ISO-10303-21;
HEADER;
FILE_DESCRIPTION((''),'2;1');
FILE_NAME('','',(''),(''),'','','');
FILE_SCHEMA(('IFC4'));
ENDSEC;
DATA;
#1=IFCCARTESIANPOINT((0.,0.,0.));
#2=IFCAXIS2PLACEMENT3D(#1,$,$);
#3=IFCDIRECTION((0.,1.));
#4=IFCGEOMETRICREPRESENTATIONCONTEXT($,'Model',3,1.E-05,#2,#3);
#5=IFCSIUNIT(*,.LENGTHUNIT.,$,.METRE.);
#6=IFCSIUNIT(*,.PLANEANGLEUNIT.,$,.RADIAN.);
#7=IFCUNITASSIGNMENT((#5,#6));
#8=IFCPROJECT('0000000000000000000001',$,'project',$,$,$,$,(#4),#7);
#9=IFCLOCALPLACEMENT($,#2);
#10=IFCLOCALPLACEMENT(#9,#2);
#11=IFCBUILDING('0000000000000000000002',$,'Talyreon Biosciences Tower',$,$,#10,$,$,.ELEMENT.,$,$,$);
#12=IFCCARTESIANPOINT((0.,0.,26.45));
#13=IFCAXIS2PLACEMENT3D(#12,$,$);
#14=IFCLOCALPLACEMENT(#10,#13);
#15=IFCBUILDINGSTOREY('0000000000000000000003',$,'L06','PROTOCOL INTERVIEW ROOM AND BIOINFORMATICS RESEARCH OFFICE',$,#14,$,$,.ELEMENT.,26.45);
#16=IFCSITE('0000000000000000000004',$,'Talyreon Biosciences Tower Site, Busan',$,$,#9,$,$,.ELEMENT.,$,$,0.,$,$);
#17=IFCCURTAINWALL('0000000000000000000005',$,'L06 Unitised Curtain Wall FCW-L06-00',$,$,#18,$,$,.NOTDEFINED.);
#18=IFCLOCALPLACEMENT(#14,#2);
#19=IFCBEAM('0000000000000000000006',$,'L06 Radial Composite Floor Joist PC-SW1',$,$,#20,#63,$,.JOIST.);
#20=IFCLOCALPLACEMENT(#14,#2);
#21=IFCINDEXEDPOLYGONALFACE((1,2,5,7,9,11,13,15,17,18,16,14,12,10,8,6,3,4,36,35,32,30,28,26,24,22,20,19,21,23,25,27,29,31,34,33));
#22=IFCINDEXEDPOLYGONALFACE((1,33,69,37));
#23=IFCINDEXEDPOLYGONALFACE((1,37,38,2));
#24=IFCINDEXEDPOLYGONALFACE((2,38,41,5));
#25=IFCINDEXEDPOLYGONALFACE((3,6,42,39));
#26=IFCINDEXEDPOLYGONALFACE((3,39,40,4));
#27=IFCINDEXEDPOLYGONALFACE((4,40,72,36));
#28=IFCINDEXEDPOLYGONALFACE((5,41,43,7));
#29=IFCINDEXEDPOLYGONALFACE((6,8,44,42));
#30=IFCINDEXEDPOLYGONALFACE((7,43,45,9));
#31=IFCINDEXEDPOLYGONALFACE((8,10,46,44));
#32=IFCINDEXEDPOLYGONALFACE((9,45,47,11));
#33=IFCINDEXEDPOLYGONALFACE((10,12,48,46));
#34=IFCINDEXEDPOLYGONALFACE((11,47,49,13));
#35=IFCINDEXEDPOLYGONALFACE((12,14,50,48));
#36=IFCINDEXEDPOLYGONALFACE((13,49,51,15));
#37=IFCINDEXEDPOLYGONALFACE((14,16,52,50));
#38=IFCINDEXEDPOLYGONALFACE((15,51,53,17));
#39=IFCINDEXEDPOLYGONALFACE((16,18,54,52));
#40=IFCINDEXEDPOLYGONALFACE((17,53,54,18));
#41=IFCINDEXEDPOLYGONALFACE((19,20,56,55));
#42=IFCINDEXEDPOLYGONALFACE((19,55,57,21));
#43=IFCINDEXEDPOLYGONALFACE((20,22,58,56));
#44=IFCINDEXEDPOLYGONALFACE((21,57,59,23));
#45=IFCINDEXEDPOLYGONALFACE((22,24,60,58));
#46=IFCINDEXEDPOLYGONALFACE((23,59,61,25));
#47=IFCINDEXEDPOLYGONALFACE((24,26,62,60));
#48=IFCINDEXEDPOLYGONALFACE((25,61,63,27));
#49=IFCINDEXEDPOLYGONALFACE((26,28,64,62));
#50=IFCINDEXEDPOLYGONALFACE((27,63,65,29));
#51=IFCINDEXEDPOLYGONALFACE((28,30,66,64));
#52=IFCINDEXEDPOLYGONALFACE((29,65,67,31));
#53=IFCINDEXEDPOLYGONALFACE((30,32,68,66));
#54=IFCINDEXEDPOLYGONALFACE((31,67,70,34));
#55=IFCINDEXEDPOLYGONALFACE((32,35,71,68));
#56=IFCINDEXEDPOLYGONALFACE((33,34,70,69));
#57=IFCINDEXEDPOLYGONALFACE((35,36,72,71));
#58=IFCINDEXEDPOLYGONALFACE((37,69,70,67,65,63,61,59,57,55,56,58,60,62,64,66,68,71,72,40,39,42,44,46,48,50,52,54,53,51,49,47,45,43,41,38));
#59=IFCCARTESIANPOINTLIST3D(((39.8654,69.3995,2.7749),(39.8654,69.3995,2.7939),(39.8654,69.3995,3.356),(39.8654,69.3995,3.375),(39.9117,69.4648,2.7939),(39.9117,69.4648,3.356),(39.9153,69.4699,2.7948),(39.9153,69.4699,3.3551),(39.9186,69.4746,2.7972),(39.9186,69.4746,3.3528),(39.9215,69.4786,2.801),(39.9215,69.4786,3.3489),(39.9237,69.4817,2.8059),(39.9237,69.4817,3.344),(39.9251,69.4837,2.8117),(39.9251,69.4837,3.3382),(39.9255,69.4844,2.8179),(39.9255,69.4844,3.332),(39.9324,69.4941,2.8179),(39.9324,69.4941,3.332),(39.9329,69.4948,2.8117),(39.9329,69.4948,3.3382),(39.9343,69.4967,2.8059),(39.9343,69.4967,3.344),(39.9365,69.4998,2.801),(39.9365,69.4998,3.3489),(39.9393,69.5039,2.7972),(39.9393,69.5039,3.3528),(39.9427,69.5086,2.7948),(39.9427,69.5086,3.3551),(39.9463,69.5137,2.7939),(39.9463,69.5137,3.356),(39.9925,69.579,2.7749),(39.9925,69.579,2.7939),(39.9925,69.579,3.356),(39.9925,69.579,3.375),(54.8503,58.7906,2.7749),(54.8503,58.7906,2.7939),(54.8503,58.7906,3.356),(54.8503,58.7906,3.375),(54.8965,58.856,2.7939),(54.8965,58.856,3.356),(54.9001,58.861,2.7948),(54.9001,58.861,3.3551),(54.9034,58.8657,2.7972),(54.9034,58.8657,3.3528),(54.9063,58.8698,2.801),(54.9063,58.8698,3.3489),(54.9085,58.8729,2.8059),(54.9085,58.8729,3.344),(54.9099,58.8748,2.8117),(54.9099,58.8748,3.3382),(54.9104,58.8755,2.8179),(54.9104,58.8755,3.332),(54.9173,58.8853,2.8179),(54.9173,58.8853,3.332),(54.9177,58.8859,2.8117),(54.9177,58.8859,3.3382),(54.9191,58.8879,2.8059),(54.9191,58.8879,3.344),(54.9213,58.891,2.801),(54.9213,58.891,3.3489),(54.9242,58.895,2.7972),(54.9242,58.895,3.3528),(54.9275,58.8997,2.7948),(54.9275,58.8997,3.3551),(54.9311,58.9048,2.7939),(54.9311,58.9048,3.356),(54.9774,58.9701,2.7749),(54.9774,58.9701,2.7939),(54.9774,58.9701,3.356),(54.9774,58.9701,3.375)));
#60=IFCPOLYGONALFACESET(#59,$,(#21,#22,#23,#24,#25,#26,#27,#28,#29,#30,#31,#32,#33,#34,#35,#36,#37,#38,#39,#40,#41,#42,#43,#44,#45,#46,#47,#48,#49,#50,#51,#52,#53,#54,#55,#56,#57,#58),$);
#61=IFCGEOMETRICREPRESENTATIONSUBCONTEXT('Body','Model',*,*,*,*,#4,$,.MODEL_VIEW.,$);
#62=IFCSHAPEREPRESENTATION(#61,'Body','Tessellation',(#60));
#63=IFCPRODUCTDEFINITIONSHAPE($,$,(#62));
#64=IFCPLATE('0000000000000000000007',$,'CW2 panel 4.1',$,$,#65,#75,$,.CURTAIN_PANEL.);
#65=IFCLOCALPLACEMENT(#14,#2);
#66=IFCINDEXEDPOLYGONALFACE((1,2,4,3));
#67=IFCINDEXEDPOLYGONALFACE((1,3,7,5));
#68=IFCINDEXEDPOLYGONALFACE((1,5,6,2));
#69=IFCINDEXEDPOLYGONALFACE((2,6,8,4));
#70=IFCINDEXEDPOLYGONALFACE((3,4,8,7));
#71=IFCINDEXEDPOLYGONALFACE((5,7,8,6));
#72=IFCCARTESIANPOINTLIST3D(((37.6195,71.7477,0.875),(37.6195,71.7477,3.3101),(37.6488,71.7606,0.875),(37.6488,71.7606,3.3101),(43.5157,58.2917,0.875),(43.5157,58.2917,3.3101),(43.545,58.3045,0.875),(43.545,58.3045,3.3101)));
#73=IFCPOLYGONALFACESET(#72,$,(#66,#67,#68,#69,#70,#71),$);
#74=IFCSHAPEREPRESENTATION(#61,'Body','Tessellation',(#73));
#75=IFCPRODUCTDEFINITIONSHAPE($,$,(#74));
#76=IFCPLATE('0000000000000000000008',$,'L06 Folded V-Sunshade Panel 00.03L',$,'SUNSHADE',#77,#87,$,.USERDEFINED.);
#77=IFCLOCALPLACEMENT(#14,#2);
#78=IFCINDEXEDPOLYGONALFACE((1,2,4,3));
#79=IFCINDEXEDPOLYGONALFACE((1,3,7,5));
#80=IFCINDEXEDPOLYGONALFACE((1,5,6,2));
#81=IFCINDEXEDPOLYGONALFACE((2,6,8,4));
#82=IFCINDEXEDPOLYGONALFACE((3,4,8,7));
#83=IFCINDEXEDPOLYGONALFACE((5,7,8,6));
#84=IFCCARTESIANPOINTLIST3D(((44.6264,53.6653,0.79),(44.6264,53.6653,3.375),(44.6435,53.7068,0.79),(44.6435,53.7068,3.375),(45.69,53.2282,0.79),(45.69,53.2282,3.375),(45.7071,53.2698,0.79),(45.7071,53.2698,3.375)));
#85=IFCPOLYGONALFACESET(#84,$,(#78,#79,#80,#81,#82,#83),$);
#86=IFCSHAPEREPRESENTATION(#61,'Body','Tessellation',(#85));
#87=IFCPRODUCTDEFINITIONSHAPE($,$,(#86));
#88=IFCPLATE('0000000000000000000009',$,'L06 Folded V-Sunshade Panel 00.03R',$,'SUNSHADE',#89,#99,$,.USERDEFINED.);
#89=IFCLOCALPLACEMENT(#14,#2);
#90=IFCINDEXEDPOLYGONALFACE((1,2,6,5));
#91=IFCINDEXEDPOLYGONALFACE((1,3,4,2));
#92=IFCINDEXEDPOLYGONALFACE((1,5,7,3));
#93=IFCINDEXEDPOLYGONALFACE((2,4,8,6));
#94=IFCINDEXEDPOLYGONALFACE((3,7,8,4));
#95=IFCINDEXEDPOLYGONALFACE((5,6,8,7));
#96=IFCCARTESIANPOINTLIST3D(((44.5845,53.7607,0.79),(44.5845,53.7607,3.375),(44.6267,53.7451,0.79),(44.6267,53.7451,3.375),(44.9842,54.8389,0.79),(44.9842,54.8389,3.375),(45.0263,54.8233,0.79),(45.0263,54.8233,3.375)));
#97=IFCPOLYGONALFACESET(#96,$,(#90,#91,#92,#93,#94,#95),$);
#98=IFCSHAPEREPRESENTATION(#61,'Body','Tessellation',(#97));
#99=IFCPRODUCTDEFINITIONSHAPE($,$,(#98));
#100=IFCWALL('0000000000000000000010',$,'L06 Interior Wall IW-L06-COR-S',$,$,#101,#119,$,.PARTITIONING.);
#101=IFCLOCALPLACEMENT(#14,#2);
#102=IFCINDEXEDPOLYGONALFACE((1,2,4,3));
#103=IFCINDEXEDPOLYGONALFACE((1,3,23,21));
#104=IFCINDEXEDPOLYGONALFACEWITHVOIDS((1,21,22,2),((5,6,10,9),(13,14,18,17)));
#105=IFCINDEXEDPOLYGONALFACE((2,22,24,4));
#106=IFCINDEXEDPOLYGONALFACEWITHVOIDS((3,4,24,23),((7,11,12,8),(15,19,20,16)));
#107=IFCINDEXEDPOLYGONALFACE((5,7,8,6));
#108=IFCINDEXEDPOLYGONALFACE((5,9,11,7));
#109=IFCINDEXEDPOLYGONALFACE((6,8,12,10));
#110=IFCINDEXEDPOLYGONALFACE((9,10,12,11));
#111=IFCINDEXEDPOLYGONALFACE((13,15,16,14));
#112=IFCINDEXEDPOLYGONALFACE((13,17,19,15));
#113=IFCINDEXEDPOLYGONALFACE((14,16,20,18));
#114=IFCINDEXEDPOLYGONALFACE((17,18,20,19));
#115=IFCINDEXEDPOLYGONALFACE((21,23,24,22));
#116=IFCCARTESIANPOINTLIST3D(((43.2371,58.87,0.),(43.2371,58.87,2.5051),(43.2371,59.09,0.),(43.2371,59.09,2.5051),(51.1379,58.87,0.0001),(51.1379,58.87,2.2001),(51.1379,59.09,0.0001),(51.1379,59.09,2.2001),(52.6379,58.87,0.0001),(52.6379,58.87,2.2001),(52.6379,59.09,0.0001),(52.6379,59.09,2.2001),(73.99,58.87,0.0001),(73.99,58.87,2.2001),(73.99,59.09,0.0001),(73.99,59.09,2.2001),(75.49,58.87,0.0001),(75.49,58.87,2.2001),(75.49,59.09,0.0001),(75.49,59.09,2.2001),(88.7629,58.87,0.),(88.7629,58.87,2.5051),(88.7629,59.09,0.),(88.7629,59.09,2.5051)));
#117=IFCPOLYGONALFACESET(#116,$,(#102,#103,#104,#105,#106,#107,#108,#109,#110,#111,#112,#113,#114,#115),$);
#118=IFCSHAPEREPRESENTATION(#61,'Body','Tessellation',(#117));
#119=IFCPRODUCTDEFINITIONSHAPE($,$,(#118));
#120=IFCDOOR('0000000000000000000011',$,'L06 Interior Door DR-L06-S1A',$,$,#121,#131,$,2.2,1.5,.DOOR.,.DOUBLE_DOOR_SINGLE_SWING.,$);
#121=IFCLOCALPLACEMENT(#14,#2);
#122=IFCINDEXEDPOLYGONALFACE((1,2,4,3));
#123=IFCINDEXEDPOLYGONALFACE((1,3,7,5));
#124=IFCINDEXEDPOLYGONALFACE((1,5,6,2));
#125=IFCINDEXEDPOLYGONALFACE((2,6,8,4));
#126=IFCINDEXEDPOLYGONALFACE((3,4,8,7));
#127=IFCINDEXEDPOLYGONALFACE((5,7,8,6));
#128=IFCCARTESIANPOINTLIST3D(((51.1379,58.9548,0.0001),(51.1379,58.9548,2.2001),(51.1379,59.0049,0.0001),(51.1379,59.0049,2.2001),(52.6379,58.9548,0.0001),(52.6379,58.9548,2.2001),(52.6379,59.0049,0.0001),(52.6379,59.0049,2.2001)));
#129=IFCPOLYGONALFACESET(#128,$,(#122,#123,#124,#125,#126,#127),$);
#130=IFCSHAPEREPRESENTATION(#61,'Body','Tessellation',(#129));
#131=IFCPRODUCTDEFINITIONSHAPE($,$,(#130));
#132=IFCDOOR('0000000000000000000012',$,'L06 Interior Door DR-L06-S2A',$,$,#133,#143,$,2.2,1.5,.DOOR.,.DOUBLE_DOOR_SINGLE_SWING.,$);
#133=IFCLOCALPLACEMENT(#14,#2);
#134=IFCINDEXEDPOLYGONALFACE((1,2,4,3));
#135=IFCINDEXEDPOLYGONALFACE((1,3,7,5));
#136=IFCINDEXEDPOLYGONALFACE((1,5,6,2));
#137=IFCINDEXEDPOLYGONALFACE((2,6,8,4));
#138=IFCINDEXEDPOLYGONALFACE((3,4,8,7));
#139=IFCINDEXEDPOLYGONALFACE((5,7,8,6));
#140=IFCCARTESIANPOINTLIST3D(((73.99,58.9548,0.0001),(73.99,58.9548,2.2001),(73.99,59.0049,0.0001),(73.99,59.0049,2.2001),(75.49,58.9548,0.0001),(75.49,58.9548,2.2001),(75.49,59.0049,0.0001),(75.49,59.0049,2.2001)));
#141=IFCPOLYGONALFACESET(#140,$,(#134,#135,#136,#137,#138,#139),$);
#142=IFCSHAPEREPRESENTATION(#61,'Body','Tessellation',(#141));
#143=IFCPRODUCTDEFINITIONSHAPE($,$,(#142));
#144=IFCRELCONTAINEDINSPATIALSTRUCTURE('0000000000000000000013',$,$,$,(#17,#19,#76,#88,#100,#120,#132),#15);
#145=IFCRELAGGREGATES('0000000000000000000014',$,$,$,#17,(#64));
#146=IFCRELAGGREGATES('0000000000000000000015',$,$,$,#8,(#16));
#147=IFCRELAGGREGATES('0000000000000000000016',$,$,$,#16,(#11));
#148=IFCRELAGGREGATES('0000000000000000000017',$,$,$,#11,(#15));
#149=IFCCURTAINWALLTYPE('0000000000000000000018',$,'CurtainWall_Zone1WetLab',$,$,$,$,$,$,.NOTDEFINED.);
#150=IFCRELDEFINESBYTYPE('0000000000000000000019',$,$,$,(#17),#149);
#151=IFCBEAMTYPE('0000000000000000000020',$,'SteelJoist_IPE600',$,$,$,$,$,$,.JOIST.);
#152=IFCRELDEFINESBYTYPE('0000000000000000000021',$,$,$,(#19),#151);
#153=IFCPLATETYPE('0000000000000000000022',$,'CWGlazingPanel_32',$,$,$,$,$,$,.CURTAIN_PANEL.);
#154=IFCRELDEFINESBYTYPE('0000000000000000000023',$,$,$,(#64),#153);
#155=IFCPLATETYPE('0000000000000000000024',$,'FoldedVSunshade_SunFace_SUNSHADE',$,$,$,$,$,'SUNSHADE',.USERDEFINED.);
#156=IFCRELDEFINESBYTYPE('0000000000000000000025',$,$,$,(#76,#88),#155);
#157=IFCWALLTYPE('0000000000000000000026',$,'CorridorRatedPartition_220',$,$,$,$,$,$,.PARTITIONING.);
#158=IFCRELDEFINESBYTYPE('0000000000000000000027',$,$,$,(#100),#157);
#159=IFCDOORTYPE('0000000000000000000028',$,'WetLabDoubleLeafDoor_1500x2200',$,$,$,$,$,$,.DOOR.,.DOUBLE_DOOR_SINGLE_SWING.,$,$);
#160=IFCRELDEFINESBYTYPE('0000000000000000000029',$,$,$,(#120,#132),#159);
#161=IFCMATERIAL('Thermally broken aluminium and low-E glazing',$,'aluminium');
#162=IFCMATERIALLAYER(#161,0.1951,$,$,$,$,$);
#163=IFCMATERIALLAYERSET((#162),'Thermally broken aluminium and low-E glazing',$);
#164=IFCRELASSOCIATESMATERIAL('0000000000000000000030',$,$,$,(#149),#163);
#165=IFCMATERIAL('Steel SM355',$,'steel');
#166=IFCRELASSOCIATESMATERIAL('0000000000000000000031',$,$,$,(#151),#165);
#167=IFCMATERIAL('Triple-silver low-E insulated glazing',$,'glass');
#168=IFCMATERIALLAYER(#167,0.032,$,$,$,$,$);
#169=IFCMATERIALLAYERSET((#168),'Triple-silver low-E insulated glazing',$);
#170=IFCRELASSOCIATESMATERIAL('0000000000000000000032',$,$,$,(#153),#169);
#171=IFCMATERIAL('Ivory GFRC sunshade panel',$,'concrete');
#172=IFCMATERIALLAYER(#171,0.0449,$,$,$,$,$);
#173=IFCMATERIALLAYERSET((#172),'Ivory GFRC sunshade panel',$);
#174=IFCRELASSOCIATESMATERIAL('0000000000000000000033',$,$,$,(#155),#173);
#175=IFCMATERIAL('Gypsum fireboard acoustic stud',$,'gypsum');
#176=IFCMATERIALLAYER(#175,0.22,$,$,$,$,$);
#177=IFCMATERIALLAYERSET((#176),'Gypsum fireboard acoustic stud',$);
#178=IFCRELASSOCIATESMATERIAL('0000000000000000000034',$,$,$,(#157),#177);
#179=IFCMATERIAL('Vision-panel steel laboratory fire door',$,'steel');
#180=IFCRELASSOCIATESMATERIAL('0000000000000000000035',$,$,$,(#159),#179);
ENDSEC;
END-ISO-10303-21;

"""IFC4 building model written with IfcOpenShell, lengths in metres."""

from ifc_helpers import new_model, si_unit, direction, frame, frame_2d, origin, origin_2d, place, context, subcontext, project, spatial, rectangle, i_section, extrude, material, layer, layer_set, material_profile, profile_set, type_object, element, fill, aggregate, save


model = new_model("IFC4")

# Units and contexts
model_context = context("Model", 3, precision=1e-05, world=origin(), true_north=direction((0.0, 1.0)))
body_context = subcontext(model_context, "Body", "Model", "MODEL_VIEW")
ifc_project = project(units=[si_unit("LENGTHUNIT", "METRE"), si_unit("PLANEANGLEUNIT", "RADIAN")], contexts=[model_context])

# Site, building, storey
site_placement = place(None, origin())
site = spatial("IfcSite", under=ifc_project, at=site_placement, Name="Talyreon Biosciences Tower Site, Busan", CompositionType="ELEMENT", RefElevation=0.0)
building_placement = place(site_placement, origin())
building = spatial("IfcBuilding", under=site, at=building_placement, Name="Talyreon Biosciences Tower", CompositionType="ELEMENT")
storey_placement = place(building_placement, frame((0.0, 0.0, 26.45)))
storey = spatial("IfcBuildingStorey", under=building, at=storey_placement, Name="L06", Description="PROTOCOL INTERVIEW ROOM AND BIOINFORMATICS RESEARCH OFFICE", CompositionType="ELEMENT", Elevation=26.45)

# Curtain wall
ifc_material_1 = material(Name="Thermally broken aluminium and low-E glazing", Category="aluminium")
ifc_layer_1 = layer(ifc_material_1, 0.1951)
ifc_layer_set_1 = layer_set([ifc_layer_1], Name="Thermally broken aluminium and low-E glazing")
curtain_wall_type = type_object("IfcCurtainWallType", Name="CurtainWall_Zone1WetLab", PredefinedType="NOTDEFINED", material=ifc_layer_set_1)
curtain_wall_placement = place(storey_placement, origin())
curtain_wall = element("IfcCurtainWall", 1, at=curtain_wall_placement, inside=storey, type_object=curtain_wall_type, Name="L06 Unitised Curtain Wall FCW-L06-00", PredefinedType="NOTDEFINED")

# Beam
ifc_material_2 = material(Name="Steel SM355", Category="steel")
ifc_material_profile_1 = material_profile(ifc_material_2, i_section(OverallWidth=0.22, OverallDepth=0.6001, WebThickness=0.012, FlangeThickness=0.019, FilletRadius=0.0239, at=origin_2d()), Name="IPE600")
ifc_profile_set_1 = profile_set([ifc_material_profile_1], Name="Steel SM355")
beam_type_1 = type_object("IfcBeamType", Name="SteelJoist_IPE600", PredefinedType="JOIST", material=ifc_profile_set_1)
beam_1_placement = place(storey_placement, frame((54.9138, 58.8804, 3.075), z_axis=(-0.816163, 0.577822, 0.0), x_axis=(-0.577822, -0.816163, 0.0)))
element("IfcBeam", 2, at=beam_1_placement, inside=storey, type_object=beam_type_1, Name="L06 Radial Composite Floor Joist PC-SW1", PredefinedType="JOIST", context=body_context, shape_type="SweptSolid", body=[
    extrude(i_section(OverallWidth=0.22, OverallDepth=0.6001, WebThickness=0.012, FlangeThickness=0.019, FilletRadius=0.0239, at=origin_2d()), origin(), (0.0, 0.0, 1.0), 18.3601),
])

# Plate
ifc_material_3 = material(Name="Triple-silver low-E insulated glazing", Category="glass")
ifc_layer_2 = layer(ifc_material_3, 0.032)
ifc_layer_set_2 = layer_set([ifc_layer_2], Name="Triple-silver low-E insulated glazing")
plate_type_1 = type_object("IfcPlateType", Name="CWGlazingPanel_32", PredefinedType="CURTAIN_PANEL", material=ifc_layer_set_2)
plate_placement = place(storey_placement, frame((40.5823, 65.0261, 0.875), z_axis=(0.0, 0.0, 1.0), x_axis=(-0.401345, 0.915927, 0.0)))
plate = element("IfcPlate", 3, at=plate_placement, type_object=plate_type_1, Name="CW2 panel 4.1", PredefinedType="CURTAIN_PANEL", context=body_context, shape_type="SweptSolid", body=[
    extrude(rectangle(XDim=14.6912, YDim=0.032, at=origin_2d()), origin(), (0.0, 0.0, 1.0), 2.4351),
])
aggregate(curtain_wall, [plate])

# Plates
ifc_material_4 = material(Name="Ivory GFRC sunshade panel", Category="concrete")
ifc_layer_3 = layer(ifc_material_4, 0.0449)
ifc_layer_set_3 = layer_set([ifc_layer_3], Name="Ivory GFRC sunshade panel")
plate_type_2 = type_object("IfcPlateType", Name="FoldedVSunshade_SunFace_SUNSHADE", ElementType="SUNSHADE", PredefinedType="USERDEFINED", material=ifc_layer_set_3)
for number, where, z_axis, x_axis, name in (
    (4, (45.1667, 53.4675, 0.79), (0.0, 0.0, 1.0), (-0.924958, 0.38007, 0.0), "L06 Folded V-Sunshade Panel 00.03L"),
    (5, (44.8054, 54.292, 0.79), (0.0, 0.0, 1.0), (0.347558, 0.937659, 0.0), "L06 Folded V-Sunshade Panel 00.03R"),
):
    element("IfcPlate", number, at=place(storey_placement, frame(where, z_axis=z_axis, x_axis=x_axis)), inside=storey, type_object=plate_type_2, Name=name, ObjectType="SUNSHADE", PredefinedType="USERDEFINED", context=body_context, shape_type="SweptSolid", body=[
        extrude(rectangle(XDim=1.1499, YDim=0.0449, at=origin_2d()), origin(), (0.0, 0.0, 1.0), 2.585),
    ])

# Wall, openings, doors
ifc_material_5 = material(Name="Gypsum fireboard acoustic stud", Category="gypsum")
ifc_layer_4 = layer(ifc_material_5, 0.22)
ifc_layer_set_4 = layer_set([ifc_layer_4], Name="Gypsum fireboard acoustic stud")
wall_type = type_object("IfcWallType", Name="CorridorRatedPartition_220", PredefinedType="PARTITIONING", material=ifc_layer_set_4)
wall_placement = place(storey_placement, frame((43.2371, 58.98, 0.0), z_axis=(0.0, 0.0, 1.0), x_axis=(1.0, 0.0, 0.0)))
wall = element("IfcWall", 6, at=wall_placement, inside=storey, type_object=wall_type, Name="L06 Interior Wall IW-L06-COR-S", PredefinedType="PARTITIONING", context=body_context, shape_type="SweptSolid", body=[
    extrude(rectangle(XDim=45.5259, YDim=0.22, at=frame_2d((22.7629, 0.0))), origin(), (0.0, 0.0, 1.0), 2.5051),
])
opening_1_placement = place(wall_placement, frame((7.9009, 0.0, 0.0)))
opening_1 = element("IfcOpeningElement", 7, at=opening_1_placement, cuts=wall, PredefinedType="OPENING", context=body_context, shape_type="SweptSolid", body=[
    extrude(rectangle(XDim=1.5, YDim=2.2, at=frame_2d((0.75, 1.1001))), frame((0.0, 0.1199, 0.0), z_axis=(0.0, -1.0, 0.0), x_axis=(1.0, 0.0, 0.0)), (0.0, 0.0, 1.0), 0.24),
])
opening_2_placement = place(wall_placement, frame((30.7529, 0.0, 0.0)))
opening_2 = element("IfcOpeningElement", 8, at=opening_2_placement, cuts=wall, PredefinedType="OPENING", context=body_context, shape_type="SweptSolid", body=[
    extrude(rectangle(XDim=1.5, YDim=2.2, at=frame_2d((0.75, 1.1001))), frame((0.0, 0.1199, 0.0), z_axis=(0.0, -1.0, 0.0), x_axis=(1.0, 0.0, 0.0)), (0.0, 0.0, 1.0), 0.24),
])
ifc_material_6 = material(Name="Vision-panel steel laboratory fire door", Category="steel")
door_type = type_object("IfcDoorType", Name="WetLabDoubleLeafDoor_1500x2200", OperationType="DOUBLE_DOOR_SINGLE_SWING", PredefinedType="DOOR", material=ifc_material_6)
door_1_placement = place(opening_1_placement, origin())
door_1 = element("IfcDoor", 9, at=door_1_placement, inside=storey, type_object=door_type, Name="L06 Interior Door DR-L06-S1A", OperationType="DOUBLE_DOOR_SINGLE_SWING", OverallHeight=2.2, OverallWidth=1.5, PredefinedType="DOOR", context=body_context, shape_type="SweptSolid", body=[
    extrude(rectangle(XDim=1.5, YDim=2.2, at=frame_2d((0.75, 1.1001))), frame((0.0, 0.0249, 0.0), z_axis=(0.0, -1.0, 0.0), x_axis=(1.0, 0.0, 0.0)), (0.0, 0.0, 1.0), 0.05),
])
fill(opening_1, door_1)
door_2_placement = place(opening_2_placement, origin())
door_2 = element("IfcDoor", 10, at=door_2_placement, inside=storey, type_object=door_type, Name="L06 Interior Door DR-L06-S2A", OperationType="DOUBLE_DOOR_SINGLE_SWING", OverallHeight=2.2, OverallWidth=1.5, PredefinedType="DOOR", context=body_context, shape_type="SweptSolid", body=[
    extrude(rectangle(XDim=1.5, YDim=2.2, at=frame_2d((0.75, 1.1001))), frame((0.0, 0.0249, 0.0), z_axis=(0.0, -1.0, 0.0), x_axis=(1.0, 0.0, 0.0)), (0.0, 0.0, 1.0), 0.05),
])
fill(opening_2, door_2)

save(model, "model.ifc")
